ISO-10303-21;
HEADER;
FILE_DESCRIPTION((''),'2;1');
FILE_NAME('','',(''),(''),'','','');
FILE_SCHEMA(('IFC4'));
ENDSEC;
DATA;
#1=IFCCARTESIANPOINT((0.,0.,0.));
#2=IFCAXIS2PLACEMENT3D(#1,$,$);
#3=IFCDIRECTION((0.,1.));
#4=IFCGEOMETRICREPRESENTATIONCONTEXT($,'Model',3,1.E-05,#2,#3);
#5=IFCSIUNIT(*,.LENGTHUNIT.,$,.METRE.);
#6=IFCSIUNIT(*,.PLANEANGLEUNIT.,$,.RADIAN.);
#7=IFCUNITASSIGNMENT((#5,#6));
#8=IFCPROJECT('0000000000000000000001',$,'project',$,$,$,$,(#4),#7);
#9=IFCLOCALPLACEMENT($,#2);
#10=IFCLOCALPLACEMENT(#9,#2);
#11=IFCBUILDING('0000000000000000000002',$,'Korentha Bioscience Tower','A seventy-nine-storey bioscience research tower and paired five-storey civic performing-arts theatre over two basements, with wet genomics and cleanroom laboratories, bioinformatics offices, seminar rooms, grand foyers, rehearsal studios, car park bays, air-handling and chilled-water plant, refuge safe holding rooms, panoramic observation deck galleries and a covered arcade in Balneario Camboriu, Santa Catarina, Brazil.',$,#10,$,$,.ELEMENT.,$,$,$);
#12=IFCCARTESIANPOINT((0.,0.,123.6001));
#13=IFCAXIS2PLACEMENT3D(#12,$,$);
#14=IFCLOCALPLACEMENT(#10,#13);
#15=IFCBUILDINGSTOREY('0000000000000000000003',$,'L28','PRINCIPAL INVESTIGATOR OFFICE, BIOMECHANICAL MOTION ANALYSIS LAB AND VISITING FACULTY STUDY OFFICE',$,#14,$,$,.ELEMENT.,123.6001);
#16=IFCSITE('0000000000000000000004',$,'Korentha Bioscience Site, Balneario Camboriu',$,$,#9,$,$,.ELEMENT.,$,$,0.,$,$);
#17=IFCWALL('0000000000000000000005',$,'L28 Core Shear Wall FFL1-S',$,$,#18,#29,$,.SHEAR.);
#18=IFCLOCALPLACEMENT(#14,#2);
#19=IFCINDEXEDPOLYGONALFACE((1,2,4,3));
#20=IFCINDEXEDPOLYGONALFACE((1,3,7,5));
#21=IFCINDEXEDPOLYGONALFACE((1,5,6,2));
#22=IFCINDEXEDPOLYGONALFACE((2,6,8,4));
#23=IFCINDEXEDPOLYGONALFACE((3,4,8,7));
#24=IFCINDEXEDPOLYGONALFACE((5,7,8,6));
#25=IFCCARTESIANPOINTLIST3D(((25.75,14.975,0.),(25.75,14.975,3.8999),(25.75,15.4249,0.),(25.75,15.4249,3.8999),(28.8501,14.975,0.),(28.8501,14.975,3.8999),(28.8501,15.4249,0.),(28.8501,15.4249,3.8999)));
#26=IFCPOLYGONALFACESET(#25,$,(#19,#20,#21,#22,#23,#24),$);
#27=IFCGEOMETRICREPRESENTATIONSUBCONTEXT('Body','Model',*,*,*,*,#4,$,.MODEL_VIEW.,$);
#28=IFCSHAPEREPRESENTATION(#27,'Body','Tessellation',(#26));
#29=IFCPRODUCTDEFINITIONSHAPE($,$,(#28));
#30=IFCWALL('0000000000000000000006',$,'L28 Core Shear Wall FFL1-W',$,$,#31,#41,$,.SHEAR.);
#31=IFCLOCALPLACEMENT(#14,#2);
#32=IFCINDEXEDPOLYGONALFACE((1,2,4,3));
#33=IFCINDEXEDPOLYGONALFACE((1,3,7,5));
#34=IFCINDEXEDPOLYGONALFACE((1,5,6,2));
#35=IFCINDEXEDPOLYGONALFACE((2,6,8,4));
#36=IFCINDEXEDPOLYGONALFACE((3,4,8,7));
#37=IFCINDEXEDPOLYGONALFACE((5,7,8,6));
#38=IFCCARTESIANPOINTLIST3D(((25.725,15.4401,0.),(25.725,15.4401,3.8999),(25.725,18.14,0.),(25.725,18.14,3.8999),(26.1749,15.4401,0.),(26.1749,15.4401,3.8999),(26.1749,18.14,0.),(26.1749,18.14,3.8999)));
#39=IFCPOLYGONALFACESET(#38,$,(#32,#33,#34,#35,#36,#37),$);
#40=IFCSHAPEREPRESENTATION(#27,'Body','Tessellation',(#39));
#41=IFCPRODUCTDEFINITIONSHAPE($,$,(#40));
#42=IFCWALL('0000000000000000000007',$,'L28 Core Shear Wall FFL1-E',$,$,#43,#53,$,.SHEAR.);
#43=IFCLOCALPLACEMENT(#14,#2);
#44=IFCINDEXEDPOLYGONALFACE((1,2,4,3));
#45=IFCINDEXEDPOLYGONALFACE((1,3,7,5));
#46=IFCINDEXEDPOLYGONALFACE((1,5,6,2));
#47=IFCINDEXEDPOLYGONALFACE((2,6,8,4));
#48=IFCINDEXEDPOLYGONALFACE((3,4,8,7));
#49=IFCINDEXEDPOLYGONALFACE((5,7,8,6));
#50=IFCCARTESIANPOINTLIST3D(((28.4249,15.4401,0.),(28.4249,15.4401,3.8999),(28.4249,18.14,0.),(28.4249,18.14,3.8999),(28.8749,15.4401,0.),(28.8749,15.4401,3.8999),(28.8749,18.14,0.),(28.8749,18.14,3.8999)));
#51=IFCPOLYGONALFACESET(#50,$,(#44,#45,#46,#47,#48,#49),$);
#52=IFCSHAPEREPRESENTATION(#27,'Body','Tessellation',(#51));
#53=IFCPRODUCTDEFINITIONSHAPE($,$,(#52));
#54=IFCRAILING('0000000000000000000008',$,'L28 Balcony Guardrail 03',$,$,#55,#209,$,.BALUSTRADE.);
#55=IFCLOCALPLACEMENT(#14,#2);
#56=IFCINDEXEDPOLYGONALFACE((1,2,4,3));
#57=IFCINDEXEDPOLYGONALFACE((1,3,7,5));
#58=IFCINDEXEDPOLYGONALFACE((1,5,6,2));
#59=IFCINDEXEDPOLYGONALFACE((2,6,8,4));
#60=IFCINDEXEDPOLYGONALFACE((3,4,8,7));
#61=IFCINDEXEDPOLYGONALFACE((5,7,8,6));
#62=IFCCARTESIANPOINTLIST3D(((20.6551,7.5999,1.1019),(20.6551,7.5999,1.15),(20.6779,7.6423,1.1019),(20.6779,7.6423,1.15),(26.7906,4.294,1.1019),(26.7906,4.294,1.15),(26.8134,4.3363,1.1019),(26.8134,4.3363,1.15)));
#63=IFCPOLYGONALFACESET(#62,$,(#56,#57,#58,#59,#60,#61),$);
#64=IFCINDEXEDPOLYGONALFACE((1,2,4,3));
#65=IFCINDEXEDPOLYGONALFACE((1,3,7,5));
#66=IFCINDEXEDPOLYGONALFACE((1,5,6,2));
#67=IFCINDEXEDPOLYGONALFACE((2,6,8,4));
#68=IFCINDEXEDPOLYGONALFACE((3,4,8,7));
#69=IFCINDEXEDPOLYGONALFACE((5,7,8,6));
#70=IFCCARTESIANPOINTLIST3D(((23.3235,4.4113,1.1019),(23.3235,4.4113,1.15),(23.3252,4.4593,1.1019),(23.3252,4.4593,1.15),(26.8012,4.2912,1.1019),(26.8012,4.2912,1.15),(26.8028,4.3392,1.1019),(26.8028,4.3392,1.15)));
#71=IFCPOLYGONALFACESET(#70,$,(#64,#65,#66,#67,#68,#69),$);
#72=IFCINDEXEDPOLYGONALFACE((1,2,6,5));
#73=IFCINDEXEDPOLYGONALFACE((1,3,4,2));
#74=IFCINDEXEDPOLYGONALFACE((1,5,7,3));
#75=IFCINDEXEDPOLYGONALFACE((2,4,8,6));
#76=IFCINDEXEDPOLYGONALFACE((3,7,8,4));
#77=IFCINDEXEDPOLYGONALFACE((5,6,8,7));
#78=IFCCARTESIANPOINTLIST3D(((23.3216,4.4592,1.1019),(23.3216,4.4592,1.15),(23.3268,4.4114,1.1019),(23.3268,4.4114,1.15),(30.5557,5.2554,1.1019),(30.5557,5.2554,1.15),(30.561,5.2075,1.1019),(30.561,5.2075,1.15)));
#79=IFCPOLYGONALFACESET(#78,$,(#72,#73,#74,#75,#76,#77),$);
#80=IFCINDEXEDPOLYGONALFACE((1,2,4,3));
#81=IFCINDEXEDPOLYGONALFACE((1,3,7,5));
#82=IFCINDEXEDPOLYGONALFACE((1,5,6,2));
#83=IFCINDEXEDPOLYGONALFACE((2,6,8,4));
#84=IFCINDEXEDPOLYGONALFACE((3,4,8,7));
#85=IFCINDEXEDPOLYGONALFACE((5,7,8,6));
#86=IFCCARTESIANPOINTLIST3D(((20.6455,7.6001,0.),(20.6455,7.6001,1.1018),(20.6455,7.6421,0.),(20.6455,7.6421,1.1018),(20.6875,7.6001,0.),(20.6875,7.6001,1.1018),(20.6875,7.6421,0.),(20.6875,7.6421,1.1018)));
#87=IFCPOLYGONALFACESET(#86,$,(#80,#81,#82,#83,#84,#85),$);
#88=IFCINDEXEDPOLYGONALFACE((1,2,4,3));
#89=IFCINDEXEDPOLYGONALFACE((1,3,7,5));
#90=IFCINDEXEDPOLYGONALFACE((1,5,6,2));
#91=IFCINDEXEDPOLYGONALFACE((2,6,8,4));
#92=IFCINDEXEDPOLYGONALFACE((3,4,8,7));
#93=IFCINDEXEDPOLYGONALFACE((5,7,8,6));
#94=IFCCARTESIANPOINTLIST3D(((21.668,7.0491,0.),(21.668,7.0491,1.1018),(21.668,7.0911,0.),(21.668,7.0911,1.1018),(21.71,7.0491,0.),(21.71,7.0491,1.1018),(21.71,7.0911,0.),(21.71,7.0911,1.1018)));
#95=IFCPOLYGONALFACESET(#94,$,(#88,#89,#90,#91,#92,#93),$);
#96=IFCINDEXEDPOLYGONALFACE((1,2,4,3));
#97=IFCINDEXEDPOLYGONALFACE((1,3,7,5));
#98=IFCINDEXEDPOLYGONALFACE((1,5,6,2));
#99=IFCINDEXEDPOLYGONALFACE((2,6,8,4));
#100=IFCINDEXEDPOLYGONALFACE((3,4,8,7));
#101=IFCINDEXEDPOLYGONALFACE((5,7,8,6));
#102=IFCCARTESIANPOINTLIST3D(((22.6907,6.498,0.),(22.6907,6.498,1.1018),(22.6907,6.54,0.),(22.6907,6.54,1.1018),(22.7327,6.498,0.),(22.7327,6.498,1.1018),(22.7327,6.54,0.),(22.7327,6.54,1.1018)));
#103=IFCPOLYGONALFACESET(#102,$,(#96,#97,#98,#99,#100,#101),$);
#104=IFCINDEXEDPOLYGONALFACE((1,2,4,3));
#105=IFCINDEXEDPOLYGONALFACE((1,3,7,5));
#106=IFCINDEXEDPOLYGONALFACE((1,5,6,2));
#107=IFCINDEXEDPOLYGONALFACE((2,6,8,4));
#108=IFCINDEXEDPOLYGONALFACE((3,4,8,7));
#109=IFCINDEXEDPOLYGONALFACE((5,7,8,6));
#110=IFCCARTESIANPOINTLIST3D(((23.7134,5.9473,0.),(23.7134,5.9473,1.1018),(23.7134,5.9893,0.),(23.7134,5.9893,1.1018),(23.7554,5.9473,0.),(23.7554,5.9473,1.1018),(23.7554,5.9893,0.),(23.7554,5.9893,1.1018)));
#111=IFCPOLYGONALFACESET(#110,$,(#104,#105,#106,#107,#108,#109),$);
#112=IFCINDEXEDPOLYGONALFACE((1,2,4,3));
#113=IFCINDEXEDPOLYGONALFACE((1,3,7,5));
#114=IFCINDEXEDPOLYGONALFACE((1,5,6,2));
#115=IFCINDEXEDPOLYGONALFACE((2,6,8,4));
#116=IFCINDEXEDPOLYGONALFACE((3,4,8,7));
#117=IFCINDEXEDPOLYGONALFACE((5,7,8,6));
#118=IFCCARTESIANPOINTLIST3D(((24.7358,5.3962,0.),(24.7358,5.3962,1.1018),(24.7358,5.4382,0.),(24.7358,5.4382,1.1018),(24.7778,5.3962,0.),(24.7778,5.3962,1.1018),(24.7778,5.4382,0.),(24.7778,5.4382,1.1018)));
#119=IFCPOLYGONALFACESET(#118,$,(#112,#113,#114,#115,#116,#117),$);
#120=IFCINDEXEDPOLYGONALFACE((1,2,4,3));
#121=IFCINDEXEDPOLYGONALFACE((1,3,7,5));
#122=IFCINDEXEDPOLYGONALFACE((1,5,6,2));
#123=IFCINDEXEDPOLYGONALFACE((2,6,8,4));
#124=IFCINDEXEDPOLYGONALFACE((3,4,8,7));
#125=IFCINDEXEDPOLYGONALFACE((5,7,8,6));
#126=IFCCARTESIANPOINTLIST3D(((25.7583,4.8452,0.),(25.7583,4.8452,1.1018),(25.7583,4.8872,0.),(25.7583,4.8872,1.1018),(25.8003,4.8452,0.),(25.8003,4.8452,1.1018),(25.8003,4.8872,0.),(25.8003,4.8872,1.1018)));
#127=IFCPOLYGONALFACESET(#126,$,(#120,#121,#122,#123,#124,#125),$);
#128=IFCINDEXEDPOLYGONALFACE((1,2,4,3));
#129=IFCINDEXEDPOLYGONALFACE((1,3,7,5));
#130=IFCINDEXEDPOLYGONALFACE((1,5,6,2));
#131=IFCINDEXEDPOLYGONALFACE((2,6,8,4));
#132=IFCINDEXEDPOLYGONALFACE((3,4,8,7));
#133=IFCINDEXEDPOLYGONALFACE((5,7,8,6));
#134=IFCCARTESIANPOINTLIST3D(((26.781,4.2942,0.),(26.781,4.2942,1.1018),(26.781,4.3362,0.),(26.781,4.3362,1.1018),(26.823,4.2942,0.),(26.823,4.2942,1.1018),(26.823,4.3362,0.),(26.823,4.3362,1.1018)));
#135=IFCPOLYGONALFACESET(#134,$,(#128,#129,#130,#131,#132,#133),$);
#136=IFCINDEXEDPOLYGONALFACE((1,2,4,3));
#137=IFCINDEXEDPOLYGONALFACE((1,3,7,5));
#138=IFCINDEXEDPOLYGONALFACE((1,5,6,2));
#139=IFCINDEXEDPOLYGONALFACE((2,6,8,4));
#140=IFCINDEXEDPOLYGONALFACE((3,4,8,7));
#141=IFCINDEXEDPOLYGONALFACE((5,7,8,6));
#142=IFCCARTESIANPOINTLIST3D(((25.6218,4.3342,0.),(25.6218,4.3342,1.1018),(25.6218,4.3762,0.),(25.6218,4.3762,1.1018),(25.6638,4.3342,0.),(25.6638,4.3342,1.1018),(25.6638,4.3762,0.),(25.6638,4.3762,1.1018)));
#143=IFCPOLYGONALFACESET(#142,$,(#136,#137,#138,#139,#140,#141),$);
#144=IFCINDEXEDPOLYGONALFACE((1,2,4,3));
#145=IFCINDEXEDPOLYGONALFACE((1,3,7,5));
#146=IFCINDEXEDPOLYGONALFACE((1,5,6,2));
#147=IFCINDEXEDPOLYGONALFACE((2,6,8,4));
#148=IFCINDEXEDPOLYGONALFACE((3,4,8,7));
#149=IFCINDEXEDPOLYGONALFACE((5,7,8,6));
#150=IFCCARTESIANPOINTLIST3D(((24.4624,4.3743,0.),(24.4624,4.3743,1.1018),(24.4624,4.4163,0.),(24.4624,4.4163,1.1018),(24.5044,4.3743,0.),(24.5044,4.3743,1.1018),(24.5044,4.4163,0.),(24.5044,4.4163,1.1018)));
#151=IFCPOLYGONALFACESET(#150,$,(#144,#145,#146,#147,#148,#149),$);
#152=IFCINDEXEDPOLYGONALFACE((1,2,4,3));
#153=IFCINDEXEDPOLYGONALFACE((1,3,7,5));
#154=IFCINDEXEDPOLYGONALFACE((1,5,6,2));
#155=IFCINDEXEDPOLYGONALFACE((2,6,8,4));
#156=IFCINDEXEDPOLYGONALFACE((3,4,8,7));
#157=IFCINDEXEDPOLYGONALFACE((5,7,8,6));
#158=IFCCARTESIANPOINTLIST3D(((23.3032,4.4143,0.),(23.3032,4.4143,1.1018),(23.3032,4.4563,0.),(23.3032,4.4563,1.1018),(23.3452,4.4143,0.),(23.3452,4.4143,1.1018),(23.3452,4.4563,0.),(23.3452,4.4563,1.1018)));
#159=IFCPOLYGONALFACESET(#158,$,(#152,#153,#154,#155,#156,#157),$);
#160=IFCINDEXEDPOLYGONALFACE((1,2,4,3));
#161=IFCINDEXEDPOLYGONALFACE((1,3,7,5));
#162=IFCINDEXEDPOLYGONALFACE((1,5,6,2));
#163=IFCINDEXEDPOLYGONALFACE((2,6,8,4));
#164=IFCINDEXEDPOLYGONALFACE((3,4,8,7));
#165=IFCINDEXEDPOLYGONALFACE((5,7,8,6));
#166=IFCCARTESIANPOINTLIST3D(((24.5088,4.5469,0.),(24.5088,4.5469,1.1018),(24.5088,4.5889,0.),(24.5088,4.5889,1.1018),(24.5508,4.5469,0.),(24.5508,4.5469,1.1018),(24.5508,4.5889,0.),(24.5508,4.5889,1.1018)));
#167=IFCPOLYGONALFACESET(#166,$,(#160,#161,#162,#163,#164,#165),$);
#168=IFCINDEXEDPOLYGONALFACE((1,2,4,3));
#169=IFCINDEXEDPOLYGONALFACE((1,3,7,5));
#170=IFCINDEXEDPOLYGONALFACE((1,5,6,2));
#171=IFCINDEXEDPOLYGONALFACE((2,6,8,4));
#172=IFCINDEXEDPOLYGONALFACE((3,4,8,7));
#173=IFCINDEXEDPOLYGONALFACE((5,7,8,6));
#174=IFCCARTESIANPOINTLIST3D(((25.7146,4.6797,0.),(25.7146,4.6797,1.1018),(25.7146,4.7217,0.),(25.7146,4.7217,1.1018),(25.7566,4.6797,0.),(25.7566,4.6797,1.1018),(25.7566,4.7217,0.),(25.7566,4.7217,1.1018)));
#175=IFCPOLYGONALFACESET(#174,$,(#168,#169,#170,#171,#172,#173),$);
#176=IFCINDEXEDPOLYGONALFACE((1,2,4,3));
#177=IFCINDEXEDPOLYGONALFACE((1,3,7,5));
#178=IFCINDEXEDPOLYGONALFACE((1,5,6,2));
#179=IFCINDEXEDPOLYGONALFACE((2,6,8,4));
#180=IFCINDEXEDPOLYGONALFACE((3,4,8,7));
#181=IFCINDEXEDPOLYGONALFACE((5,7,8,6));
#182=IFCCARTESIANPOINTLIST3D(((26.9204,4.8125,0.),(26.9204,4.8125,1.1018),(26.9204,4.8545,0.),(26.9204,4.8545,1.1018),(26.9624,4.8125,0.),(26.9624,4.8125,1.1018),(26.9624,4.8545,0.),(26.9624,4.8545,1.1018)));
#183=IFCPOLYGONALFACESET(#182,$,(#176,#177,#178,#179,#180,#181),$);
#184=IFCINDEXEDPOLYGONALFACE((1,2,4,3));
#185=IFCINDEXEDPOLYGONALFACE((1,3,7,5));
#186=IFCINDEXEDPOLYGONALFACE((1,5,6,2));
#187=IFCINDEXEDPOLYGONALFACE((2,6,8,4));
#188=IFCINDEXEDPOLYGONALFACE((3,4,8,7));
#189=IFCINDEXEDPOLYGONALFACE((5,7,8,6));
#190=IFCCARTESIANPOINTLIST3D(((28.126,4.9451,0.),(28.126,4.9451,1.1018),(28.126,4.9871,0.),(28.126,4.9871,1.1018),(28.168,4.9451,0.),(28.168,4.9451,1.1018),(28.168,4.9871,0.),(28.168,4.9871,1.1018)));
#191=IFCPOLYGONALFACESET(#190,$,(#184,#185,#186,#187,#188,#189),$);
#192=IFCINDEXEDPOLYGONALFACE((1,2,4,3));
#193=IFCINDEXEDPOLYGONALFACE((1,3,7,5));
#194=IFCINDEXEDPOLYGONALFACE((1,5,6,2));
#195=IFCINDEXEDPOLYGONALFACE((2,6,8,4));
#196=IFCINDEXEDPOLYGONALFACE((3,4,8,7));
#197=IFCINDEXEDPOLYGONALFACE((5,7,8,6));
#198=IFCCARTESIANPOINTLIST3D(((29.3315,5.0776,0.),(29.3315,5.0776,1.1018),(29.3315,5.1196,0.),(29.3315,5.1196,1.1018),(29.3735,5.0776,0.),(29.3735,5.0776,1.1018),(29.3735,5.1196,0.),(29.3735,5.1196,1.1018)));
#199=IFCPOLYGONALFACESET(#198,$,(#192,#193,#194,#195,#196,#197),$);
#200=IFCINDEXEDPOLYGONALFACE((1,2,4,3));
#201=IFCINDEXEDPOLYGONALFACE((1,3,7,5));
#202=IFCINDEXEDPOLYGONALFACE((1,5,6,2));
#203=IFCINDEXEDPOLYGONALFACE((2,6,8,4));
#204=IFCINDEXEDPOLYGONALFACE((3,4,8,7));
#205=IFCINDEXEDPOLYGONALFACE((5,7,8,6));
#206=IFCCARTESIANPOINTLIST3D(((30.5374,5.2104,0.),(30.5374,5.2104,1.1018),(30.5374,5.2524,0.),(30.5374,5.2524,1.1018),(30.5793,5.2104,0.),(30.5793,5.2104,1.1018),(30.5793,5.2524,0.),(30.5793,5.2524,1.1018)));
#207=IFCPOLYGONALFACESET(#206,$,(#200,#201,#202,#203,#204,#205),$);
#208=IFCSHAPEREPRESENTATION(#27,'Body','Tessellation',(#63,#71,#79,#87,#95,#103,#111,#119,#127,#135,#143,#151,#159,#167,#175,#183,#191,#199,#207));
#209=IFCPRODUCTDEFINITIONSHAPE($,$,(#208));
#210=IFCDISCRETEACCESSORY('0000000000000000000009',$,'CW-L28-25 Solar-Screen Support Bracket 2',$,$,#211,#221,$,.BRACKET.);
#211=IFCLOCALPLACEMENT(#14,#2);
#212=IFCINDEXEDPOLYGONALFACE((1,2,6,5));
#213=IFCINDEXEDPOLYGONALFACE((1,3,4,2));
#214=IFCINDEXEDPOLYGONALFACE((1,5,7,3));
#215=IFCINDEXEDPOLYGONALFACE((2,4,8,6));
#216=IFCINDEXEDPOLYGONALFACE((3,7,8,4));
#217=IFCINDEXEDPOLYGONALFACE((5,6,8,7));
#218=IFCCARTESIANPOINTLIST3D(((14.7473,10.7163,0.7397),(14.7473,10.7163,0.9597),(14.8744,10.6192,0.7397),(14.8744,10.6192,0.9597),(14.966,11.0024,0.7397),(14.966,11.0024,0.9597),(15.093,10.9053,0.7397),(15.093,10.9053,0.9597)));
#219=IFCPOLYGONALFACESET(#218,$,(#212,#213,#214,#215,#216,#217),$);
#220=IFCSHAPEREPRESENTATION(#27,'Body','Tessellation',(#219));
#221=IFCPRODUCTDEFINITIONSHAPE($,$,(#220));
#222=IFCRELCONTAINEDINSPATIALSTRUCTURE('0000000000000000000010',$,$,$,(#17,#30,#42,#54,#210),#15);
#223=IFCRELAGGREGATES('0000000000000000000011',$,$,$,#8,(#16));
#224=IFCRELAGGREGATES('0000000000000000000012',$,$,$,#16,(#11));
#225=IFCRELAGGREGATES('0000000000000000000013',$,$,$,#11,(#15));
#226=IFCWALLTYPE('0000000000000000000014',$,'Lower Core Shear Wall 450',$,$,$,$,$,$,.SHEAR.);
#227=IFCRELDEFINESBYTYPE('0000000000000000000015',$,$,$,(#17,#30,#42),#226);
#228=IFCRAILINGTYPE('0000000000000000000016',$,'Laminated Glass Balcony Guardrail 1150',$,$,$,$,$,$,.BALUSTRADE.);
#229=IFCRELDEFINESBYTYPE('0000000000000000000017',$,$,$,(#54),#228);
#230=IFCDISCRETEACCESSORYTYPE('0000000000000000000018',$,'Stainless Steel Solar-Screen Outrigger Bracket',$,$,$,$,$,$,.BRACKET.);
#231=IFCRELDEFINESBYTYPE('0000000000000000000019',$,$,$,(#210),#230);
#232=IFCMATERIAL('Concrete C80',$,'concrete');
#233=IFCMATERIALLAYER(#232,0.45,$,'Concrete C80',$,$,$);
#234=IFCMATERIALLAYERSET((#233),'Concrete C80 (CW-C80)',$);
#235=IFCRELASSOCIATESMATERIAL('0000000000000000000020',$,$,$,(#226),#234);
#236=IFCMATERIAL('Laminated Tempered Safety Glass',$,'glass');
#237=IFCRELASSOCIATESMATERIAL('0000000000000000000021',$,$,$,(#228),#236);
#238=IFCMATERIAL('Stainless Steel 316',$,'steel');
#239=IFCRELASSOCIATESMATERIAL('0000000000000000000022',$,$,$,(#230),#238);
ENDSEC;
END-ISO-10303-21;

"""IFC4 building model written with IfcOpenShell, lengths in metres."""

from ifc_helpers import new_model, si_unit, direction, frame, frame_2d, origin, origin_2d, place, context, subcontext, project, spatial, rectangle, extrude, material, layer, layer_set, type_object, element, save


model = new_model("IFC4")

# Units and contexts
model_context = context("Model", 3, precision=1e-05, world=origin(), true_north=direction((0.0, 1.0)))
body_context = subcontext(model_context, "Body", "Model", "MODEL_VIEW")
ifc_project = project(units=[si_unit("LENGTHUNIT", "METRE"), si_unit("PLANEANGLEUNIT", "RADIAN")], contexts=[model_context])

# Site, building, storey
site_placement = place(None, origin())
site = spatial("IfcSite", under=ifc_project, at=site_placement, Name="Korentha Bioscience Site, Balneario Camboriu", CompositionType="ELEMENT", RefElevation=0.0)
building_placement = place(site_placement, origin())
building = spatial("IfcBuilding", under=site, at=building_placement, Name="Korentha Bioscience Tower", Description="A seventy-nine-storey bioscience research tower and paired five-storey civic performing-arts theatre over two basements, with wet genomics and cleanroom laboratories, bioinformatics offices, seminar rooms, grand foyers, rehearsal studios, car park bays, air-handling and chilled-water plant, refuge safe holding rooms, panoramic observation deck galleries and a covered arcade in Balneario Camboriu, Santa Catarina, Brazil.", CompositionType="ELEMENT")
storey_placement = place(building_placement, frame((0.0, 0.0, 123.6001)))
storey = spatial("IfcBuildingStorey", under=building, at=storey_placement, Name="L28", Description="PRINCIPAL INVESTIGATOR OFFICE, BIOMECHANICAL MOTION ANALYSIS LAB AND VISITING FACULTY STUDY OFFICE", CompositionType="ELEMENT", Elevation=123.6001)

# Shared definitions
ifc_material_1 = material(Name="Concrete C80", Category="concrete")

# Walls
ifc_layer_1 = layer(ifc_material_1, 0.45, Name="Concrete C80")
ifc_layer_set_1 = layer_set([ifc_layer_1], Name="Concrete C80 (CW-C80)")
wall_type_1 = type_object("IfcWallType", Name="Lower Core Shear Wall 450", PredefinedType="SHEAR", material=ifc_layer_set_1)
wall_1_placement = place(storey_placement, frame((25.75, 15.2, 0.0), z_axis=(0.0, 0.0, 1.0), x_axis=(1.0, 0.0, 0.0)))
element("IfcWall", 1, at=wall_1_placement, inside=storey, type_object=wall_type_1, Name="L28 Core Shear Wall FFL1-S", PredefinedType="SHEAR", context=body_context, shape_type="SweptSolid", body=[
    extrude(rectangle(XDim=3.1001, YDim=0.45, at=frame_2d((1.55, 0.0))), origin(), (0.0, 0.0, 1.0), 3.8999),
])
for number, where, z_axis, x_axis, name in (
    (2, (25.95, 15.4399, 0.0), (0.0, 0.0, 1.0), (0.0, 1.0, 0.0), "L28 Core Shear Wall FFL1-W"),
    (3, (28.6499, 15.4399, 0.0), (0.0, 0.0, 1.0), (0.0, 1.0, 0.0), "L28 Core Shear Wall FFL1-E"),
):
    element("IfcWall", number, at=place(storey_placement, frame(where, z_axis=z_axis, x_axis=x_axis)), inside=storey, type_object=wall_type_1, Name=name, PredefinedType="SHEAR", context=body_context, shape_type="SweptSolid", body=[
        extrude(rectangle(XDim=2.7, YDim=0.45, at=frame_2d((1.3501, 0.0))), origin(), (0.0, 0.0, 1.0), 3.8999),
    ])

# Railing
ifc_material_2 = material(Name="Laminated Tempered Safety Glass", Category="glass")
railing_type = type_object("IfcRailingType", Name="Laminated Glass Balcony Guardrail 1150", PredefinedType="BALUSTRADE", material=ifc_material_2)
railing_placement = place(storey_placement, frame((20.6665, 7.6211, 0.0)))
element("IfcRailing", 4, at=railing_placement, inside=storey, type_object=railing_type, Name="L28 Balcony Guardrail 03", PredefinedType="BALUSTRADE", context=body_context, shape_type="SweptSolid", body=[
    extrude(rectangle(XDim=0.0481, YDim=0.0481, at=origin_2d()), frame((0.0, 0.0, 1.126), z_axis=(0.880341, -0.474342, 0.0), x_axis=(0.474342, 0.880341, 0.0)), (0.0, 0.0, 1.0), 6.9695),
    extrude(rectangle(XDim=0.0481, YDim=0.0481, at=origin_2d()), frame((6.1355, -3.3059, 1.126), z_axis=(-0.999404, 0.034518, 0.0), x_axis=(-0.034518, -0.999404, 0.0)), (0.0, 0.0, 1.0), 3.4797),
    extrude(rectangle(XDim=0.0481, YDim=0.0481, at=origin_2d()), frame((2.6577, -3.1858, 1.126), z_axis=(0.993999, 0.109393, 0.0), x_axis=(-0.109393, 0.993999, 0.0)), (0.0, 0.0, 1.0), 7.2778),
    extrude(rectangle(XDim=0.042, YDim=0.042, at=origin_2d()), origin(), (0.0, 0.0, 1.0), 1.1018),
    extrude(rectangle(XDim=0.042, YDim=0.042, at=origin_2d()), frame((1.0225, -0.551, 0.0)), (0.0, 0.0, 1.0), 1.1018),
    extrude(rectangle(XDim=0.042, YDim=0.042, at=origin_2d()), frame((2.0452, -1.1021, 0.0)), (0.0, 0.0, 1.0), 1.1018),
    extrude(rectangle(XDim=0.042, YDim=0.042, at=origin_2d()), frame((3.0679, -1.6528, 0.0)), (0.0, 0.0, 1.0), 1.1018),
    extrude(rectangle(XDim=0.042, YDim=0.042, at=origin_2d()), frame((4.0903, -2.2039, 0.0)), (0.0, 0.0, 1.0), 1.1018),
    extrude(rectangle(XDim=0.042, YDim=0.042, at=origin_2d()), frame((5.1128, -2.7549, 0.0)), (0.0, 0.0, 1.0), 1.1018),
    extrude(rectangle(XDim=0.042, YDim=0.042, at=origin_2d()), frame((6.1355, -3.3059, 0.0)), (0.0, 0.0, 1.0), 1.1018),
    extrude(rectangle(XDim=0.042, YDim=0.042, at=origin_2d()), frame((4.9763, -3.2659, 0.0)), (0.0, 0.0, 1.0), 1.1018),
    extrude(rectangle(XDim=0.042, YDim=0.042, at=origin_2d()), frame((3.8169, -3.2258, 0.0)), (0.0, 0.0, 1.0), 1.1018),
    extrude(rectangle(XDim=0.042, YDim=0.042, at=origin_2d()), frame((2.6577, -3.1858, 0.0)), (0.0, 0.0, 1.0), 1.1018),
    extrude(rectangle(XDim=0.042, YDim=0.042, at=origin_2d()), frame((3.8633, -3.0532, 0.0)), (0.0, 0.0, 1.0), 1.1018),
    extrude(rectangle(XDim=0.042, YDim=0.042, at=origin_2d()), frame((5.0691, -2.9204, 0.0)), (0.0, 0.0, 1.0), 1.1018),
    extrude(rectangle(XDim=0.042, YDim=0.042, at=origin_2d()), frame((6.2749, -2.7876, 0.0)), (0.0, 0.0, 1.0), 1.1018),
    extrude(rectangle(XDim=0.042, YDim=0.042, at=origin_2d()), frame((7.4805, -2.655, 0.0)), (0.0, 0.0, 1.0), 1.1018),
    extrude(rectangle(XDim=0.042, YDim=0.042, at=origin_2d()), frame((8.686, -2.5225, 0.0)), (0.0, 0.0, 1.0), 1.1018),
    extrude(rectangle(XDim=0.042, YDim=0.042, at=origin_2d()), frame((9.8918, -2.3896, 0.0)), (0.0, 0.0, 1.0), 1.1018),
])

# Discrete accessory
ifc_material_3 = material(Name="Stainless Steel 316", Category="steel")
discrete_accessory_type = type_object("IfcDiscreteAccessoryType", Name="Stainless Steel Solar-Screen Outrigger Bracket", PredefinedType="BRACKET", material=ifc_material_3)
discrete_accessory_placement = place(storey_placement, frame((14.9202, 10.8108, 0.7397), z_axis=(0.0, 0.0, 1.0), x_axis=(0.7945, -0.607265, 0.0)))
element("IfcDiscreteAccessory", 5, at=discrete_accessory_placement, inside=storey, type_object=discrete_accessory_type, Name="CW-L28-25 Solar-Screen Support Bracket 2", PredefinedType="BRACKET", context=body_context, shape_type="SweptSolid", body=[
    extrude(rectangle(XDim=0.1599, YDim=0.3601, at=origin_2d()), origin(), (0.0, 0.0, 1.0), 0.22),
])

save(model, "model.ifc")
